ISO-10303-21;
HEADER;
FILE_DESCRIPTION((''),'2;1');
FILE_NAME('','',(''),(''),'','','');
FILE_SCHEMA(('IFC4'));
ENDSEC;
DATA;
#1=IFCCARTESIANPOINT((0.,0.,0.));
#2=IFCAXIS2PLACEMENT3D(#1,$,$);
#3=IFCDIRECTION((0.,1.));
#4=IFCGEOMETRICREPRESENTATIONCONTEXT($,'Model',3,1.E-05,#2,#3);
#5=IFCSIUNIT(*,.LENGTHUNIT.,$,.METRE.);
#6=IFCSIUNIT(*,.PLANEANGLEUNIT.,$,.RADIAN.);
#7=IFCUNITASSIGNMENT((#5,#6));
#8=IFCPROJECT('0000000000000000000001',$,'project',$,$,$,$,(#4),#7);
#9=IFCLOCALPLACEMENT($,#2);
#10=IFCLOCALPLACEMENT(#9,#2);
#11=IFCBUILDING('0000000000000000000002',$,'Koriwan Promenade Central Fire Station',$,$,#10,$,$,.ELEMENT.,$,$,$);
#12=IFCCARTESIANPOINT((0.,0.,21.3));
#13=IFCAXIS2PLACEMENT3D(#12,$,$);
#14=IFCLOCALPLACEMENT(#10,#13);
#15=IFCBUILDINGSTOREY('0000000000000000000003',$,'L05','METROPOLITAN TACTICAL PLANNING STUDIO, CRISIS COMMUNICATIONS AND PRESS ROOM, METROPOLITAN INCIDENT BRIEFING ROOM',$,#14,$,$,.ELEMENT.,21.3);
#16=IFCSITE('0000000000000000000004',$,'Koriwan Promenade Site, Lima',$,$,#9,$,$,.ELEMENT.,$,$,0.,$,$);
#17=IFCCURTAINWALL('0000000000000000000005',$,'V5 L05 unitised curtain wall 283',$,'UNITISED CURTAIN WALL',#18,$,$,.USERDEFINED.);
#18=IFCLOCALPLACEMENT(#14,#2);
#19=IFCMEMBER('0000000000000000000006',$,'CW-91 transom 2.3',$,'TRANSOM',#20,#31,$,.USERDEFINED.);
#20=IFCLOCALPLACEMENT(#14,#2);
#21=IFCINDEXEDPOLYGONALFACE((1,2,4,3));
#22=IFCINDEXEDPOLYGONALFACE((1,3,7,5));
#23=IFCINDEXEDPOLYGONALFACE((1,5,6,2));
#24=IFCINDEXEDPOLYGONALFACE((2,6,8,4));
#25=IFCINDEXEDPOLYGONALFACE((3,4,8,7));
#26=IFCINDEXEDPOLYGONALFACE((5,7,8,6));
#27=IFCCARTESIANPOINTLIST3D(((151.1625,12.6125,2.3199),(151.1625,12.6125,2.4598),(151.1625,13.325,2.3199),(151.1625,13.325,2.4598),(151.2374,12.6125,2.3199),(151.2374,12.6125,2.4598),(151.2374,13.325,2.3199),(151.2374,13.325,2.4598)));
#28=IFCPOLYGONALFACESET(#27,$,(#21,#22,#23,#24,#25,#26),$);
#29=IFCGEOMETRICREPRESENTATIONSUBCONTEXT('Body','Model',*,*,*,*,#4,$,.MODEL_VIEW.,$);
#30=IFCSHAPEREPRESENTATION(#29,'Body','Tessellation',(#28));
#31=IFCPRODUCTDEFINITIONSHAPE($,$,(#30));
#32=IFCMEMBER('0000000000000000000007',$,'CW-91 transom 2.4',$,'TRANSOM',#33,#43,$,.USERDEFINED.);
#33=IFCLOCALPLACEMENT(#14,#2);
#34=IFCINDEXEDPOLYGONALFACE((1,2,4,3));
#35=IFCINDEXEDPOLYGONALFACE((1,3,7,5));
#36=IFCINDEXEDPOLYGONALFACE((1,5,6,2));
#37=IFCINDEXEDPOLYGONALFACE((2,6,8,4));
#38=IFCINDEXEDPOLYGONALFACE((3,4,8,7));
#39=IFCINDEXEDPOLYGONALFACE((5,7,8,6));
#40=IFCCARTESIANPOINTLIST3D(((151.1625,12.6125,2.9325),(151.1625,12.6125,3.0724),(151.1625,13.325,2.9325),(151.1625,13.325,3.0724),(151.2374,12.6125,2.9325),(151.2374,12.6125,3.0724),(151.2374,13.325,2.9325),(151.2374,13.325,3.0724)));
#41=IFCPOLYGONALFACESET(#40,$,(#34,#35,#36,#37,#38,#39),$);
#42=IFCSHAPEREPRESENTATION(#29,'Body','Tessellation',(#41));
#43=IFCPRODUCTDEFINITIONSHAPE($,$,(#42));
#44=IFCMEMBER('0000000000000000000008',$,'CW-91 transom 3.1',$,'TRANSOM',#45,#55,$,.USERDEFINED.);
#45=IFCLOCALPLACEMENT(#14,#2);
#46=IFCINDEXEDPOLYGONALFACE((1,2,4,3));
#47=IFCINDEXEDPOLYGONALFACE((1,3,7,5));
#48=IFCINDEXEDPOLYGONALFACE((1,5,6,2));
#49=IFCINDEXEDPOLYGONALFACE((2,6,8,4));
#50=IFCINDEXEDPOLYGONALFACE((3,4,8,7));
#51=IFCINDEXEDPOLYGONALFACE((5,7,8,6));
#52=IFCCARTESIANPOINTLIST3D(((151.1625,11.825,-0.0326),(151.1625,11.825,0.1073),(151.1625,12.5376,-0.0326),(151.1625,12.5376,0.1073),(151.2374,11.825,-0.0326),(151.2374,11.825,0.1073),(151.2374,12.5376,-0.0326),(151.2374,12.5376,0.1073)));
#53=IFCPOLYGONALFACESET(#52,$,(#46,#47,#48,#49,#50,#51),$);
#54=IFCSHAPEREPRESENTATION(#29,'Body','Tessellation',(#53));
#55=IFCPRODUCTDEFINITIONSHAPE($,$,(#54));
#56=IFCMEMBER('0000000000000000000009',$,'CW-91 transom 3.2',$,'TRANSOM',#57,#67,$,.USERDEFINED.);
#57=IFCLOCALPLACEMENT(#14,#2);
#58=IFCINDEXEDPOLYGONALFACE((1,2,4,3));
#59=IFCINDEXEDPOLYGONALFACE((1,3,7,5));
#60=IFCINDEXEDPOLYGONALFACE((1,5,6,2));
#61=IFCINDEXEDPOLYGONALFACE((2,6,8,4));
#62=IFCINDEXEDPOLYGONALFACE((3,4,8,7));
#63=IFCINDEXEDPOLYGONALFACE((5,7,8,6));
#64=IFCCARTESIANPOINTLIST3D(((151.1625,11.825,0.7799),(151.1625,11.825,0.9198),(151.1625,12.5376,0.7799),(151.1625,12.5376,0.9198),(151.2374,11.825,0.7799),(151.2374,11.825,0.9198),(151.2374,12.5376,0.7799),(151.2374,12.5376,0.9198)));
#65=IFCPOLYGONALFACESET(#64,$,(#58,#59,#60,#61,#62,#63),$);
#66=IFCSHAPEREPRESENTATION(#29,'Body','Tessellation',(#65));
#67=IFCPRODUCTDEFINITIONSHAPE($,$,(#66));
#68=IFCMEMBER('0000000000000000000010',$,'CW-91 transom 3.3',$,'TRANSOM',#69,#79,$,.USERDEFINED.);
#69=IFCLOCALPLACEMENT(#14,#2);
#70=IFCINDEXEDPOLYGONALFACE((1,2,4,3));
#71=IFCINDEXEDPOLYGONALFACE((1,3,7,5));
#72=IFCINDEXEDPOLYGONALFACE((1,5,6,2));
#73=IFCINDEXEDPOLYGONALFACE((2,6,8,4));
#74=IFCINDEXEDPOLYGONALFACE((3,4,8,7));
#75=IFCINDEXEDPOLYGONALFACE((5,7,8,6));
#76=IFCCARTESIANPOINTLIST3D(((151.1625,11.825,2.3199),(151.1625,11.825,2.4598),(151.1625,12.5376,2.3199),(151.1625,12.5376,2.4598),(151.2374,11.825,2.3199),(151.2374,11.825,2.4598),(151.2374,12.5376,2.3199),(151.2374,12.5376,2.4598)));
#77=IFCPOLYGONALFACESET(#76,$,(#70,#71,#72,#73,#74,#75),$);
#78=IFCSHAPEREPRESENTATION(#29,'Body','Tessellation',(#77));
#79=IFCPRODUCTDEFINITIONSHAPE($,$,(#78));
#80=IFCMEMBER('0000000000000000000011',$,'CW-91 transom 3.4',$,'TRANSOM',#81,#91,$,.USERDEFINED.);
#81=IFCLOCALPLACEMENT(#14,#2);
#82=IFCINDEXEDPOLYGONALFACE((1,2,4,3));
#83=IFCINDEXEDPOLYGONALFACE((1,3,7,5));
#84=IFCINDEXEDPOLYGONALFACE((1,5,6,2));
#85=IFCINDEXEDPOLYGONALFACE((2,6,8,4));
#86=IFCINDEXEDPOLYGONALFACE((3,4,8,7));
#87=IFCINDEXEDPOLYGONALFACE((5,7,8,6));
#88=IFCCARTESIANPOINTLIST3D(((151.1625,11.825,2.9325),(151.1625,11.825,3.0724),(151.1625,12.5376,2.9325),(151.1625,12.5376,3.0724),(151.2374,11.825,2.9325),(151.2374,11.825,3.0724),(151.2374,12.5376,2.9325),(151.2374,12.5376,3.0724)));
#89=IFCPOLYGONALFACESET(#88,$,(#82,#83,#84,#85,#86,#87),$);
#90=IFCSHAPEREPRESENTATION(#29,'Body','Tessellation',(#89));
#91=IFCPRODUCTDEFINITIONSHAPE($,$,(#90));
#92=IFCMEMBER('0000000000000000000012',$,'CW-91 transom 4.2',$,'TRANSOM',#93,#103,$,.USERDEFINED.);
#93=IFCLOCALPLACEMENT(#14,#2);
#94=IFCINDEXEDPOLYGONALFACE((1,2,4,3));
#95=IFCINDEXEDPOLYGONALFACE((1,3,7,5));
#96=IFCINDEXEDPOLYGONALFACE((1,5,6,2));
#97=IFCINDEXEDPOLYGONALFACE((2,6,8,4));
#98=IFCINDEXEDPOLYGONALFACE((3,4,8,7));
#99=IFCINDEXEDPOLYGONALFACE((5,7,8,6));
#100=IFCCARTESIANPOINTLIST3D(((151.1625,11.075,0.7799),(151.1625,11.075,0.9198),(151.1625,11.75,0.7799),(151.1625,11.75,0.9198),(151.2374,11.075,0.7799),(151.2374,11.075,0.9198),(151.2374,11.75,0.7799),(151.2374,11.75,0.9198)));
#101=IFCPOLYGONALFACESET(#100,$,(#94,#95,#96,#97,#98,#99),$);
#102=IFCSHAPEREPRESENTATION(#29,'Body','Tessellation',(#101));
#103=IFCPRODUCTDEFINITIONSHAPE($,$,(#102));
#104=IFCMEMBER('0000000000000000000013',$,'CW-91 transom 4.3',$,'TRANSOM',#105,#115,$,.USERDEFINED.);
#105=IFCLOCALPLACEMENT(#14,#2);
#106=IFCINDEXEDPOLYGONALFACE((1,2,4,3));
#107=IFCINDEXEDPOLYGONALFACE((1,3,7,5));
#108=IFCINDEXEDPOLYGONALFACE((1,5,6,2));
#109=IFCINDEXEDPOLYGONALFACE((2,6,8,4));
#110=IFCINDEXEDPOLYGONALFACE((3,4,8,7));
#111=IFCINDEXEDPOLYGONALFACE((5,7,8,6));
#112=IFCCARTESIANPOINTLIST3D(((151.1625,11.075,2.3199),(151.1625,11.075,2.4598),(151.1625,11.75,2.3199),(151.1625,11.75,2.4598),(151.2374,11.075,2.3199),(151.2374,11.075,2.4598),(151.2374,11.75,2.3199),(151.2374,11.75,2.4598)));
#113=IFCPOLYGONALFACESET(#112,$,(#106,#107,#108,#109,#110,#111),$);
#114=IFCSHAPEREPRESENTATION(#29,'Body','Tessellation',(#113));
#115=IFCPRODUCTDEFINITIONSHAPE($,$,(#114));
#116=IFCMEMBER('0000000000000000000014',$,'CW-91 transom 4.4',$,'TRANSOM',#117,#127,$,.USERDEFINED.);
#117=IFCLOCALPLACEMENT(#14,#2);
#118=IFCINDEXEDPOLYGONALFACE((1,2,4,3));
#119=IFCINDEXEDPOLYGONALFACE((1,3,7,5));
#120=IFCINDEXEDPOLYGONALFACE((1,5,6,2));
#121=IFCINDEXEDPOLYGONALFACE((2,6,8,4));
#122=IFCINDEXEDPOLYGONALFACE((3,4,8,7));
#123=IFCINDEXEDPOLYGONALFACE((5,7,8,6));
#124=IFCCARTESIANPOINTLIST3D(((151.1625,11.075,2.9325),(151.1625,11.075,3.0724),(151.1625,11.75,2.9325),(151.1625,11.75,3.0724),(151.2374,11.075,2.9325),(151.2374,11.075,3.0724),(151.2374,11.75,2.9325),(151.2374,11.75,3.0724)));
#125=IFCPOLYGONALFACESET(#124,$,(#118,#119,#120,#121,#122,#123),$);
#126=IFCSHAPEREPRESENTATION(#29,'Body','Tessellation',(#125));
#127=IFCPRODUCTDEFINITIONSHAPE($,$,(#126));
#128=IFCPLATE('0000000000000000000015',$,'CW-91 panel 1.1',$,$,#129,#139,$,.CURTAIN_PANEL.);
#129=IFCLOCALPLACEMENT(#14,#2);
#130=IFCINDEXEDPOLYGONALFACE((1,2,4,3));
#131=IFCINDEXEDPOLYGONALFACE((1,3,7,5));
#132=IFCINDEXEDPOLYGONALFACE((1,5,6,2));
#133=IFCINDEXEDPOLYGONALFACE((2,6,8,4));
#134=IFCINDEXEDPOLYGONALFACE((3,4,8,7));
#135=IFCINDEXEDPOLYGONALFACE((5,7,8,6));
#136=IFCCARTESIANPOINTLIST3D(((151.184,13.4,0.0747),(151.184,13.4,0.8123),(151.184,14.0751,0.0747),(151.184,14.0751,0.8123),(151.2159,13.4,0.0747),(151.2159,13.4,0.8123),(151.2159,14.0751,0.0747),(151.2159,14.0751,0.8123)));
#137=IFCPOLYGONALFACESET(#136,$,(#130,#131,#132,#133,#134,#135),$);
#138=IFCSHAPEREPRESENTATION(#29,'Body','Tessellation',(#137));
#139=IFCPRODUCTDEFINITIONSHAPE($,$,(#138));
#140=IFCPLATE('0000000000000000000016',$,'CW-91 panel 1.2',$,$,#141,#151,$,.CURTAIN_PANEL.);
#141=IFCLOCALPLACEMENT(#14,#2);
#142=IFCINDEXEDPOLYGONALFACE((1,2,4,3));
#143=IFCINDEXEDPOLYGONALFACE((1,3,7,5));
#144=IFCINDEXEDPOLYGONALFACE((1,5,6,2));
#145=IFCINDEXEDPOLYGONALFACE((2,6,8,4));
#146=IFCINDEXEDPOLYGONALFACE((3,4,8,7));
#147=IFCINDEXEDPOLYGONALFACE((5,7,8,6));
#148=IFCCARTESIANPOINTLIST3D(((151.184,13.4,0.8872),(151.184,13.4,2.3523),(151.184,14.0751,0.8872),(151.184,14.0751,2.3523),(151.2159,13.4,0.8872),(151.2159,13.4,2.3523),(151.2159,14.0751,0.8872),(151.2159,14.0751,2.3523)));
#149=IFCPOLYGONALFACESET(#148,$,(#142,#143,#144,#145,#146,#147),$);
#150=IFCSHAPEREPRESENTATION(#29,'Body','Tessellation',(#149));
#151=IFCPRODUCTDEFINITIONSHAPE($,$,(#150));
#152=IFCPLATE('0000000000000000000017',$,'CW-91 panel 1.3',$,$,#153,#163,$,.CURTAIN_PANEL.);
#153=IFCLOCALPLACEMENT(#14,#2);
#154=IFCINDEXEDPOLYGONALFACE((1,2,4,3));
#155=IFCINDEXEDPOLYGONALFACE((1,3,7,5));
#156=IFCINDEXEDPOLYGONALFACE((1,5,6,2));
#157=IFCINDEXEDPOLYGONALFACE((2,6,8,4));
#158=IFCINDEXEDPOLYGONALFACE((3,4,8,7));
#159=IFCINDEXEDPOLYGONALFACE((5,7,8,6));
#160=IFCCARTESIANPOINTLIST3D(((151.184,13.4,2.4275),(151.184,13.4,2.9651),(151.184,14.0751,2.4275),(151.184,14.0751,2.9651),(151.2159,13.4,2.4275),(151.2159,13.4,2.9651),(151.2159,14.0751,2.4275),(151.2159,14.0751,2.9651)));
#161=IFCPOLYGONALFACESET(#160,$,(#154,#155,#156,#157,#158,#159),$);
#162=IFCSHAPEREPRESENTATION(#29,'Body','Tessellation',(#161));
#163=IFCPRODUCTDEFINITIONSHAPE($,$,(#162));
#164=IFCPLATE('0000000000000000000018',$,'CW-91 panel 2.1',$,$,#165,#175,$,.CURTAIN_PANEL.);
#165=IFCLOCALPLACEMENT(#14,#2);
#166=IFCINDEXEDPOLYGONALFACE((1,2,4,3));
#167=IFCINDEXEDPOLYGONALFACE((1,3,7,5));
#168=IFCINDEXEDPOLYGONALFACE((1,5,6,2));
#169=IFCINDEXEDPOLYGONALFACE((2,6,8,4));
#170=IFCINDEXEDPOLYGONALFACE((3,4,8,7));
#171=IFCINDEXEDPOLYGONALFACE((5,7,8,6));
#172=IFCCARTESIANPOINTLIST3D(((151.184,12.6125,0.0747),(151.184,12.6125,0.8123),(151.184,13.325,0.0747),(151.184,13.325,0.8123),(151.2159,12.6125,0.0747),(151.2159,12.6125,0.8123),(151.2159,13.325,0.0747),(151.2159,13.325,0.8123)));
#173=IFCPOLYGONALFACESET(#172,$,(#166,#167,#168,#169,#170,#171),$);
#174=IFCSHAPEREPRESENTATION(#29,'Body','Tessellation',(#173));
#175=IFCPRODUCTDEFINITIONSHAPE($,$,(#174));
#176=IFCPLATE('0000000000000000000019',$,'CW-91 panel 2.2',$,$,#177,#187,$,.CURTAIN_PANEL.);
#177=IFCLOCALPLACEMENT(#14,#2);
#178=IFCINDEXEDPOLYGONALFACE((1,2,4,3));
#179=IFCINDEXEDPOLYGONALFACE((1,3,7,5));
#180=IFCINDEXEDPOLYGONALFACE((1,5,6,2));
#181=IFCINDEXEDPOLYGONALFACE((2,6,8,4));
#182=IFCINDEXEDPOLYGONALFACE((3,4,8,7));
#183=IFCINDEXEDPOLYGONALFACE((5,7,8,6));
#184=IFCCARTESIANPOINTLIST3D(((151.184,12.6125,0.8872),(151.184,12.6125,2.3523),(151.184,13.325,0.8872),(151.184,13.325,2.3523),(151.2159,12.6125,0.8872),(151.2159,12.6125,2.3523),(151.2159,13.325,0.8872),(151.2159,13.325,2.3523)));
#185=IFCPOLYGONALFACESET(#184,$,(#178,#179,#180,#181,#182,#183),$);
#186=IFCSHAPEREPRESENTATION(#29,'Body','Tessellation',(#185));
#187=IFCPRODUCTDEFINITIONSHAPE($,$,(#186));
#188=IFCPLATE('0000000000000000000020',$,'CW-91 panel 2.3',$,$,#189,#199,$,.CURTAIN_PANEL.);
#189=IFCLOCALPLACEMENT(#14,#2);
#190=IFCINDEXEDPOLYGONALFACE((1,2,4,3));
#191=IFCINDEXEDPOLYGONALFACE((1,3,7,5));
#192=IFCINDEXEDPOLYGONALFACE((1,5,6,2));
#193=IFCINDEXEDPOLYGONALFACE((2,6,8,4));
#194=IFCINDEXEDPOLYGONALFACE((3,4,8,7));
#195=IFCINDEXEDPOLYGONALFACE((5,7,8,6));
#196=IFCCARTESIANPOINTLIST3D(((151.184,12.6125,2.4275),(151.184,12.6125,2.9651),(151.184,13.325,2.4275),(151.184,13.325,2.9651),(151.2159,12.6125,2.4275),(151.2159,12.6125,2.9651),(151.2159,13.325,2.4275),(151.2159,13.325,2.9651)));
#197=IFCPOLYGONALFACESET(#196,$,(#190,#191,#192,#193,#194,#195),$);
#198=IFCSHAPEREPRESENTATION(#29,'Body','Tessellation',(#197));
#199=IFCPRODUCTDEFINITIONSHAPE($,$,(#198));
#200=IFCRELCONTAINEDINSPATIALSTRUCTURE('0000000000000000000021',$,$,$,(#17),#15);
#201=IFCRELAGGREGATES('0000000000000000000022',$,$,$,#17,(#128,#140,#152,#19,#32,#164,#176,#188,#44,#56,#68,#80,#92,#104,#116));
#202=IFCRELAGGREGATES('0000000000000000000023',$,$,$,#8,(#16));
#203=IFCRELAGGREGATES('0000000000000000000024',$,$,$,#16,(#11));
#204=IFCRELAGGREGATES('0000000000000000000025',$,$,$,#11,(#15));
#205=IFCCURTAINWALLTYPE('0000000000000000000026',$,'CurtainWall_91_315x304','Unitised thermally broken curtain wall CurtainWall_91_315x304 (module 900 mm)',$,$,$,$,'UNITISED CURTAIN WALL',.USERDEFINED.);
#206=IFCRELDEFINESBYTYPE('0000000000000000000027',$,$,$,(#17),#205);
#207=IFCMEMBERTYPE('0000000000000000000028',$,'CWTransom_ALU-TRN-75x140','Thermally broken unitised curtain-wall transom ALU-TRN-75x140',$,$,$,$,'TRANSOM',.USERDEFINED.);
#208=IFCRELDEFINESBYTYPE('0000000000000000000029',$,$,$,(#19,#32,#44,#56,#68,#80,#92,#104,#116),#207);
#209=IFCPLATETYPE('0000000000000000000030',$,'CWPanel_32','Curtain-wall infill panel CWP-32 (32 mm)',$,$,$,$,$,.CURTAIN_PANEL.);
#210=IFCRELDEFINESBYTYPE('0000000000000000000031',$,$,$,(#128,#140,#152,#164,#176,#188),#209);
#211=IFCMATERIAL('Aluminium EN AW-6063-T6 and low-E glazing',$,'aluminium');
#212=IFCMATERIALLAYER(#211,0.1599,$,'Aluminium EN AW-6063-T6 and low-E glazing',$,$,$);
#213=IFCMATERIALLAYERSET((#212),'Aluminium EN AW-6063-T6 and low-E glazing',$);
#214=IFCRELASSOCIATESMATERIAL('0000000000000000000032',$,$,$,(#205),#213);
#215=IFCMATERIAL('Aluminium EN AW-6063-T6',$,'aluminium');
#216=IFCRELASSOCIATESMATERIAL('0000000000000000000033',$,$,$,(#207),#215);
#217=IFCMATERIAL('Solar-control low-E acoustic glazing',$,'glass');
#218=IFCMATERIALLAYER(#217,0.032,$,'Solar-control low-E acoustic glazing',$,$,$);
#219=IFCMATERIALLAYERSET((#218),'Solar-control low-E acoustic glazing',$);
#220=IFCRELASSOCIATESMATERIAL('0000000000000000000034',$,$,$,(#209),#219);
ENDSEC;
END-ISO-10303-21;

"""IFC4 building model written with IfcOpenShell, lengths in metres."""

from ifc_helpers import new_model, si_unit, direction, frame, origin, origin_2d, place, context, subcontext, project, spatial, rectangle, extrude, material, layer, layer_set, material_profile, profile_set, type_object, element, aggregate, save


model = new_model("IFC4")

# Units and contexts
model_context = context("Model", 3, precision=1e-05, world=origin(), true_north=direction((0.0, 1.0)))
body_context = subcontext(model_context, "Body", "Model", "MODEL_VIEW")
ifc_project = project(units=[si_unit("LENGTHUNIT", "METRE"), si_unit("PLANEANGLEUNIT", "RADIAN")], contexts=[model_context])

# Site, building, storey
site_placement = place(None, origin())
site = spatial("IfcSite", under=ifc_project, at=site_placement, Name="Koriwan Promenade Site, Lima", CompositionType="ELEMENT", RefElevation=0.0)
building_placement = place(site_placement, origin())
building = spatial("IfcBuilding", under=site, at=building_placement, Name="Koriwan Promenade Central Fire Station", CompositionType="ELEMENT")
storey_placement = place(building_placement, frame((0.0, 0.0, 21.3)))
storey = spatial("IfcBuildingStorey", under=building, at=storey_placement, Name="L05", Description="METROPOLITAN TACTICAL PLANNING STUDIO, CRISIS COMMUNICATIONS AND PRESS ROOM, METROPOLITAN INCIDENT BRIEFING ROOM", CompositionType="ELEMENT", Elevation=21.3)

# Curtain wall, members, plates
ifc_material_1 = material(Name="Aluminium EN AW-6063-T6 and low-E glazing", Category="aluminium")
ifc_layer_1 = layer(ifc_material_1, 0.1599, Name="Aluminium EN AW-6063-T6 and low-E glazing")
ifc_layer_set_1 = layer_set([ifc_layer_1], Name="Aluminium EN AW-6063-T6 and low-E glazing")
curtain_wall_type = type_object("IfcCurtainWallType", Name="CurtainWall_91_315x304", Description="Unitised thermally broken curtain wall CurtainWall_91_315x304 (module 900 mm)", ElementType="UNITISED CURTAIN WALL", PredefinedType="USERDEFINED", material=ifc_layer_set_1)
curtain_wall_placement = place(storey_placement, origin())
curtain_wall = element("IfcCurtainWall", 1, at=curtain_wall_placement, inside=storey, type_object=curtain_wall_type, Name="V5 L05 unitised curtain wall 283", ObjectType="UNITISED CURTAIN WALL", PredefinedType="USERDEFINED")
ifc_material_2 = material(Name="Aluminium EN AW-6063-T6", Category="aluminium")
ifc_material_profile_1 = material_profile(ifc_material_2, rectangle(XDim=0.075, YDim=0.1399, at=origin_2d()), Name="ALU-TRN-75x140")
ifc_profile_set_1 = profile_set([ifc_material_profile_1], Name="Aluminium EN AW-6063-T6")
member_type_1 = type_object("IfcMemberType", Name="CWTransom_ALU-TRN-75x140", Description="Thermally broken unitised curtain-wall transom ALU-TRN-75x140", ElementType="TRANSOM", PredefinedType="USERDEFINED", material=ifc_profile_set_1)
member_1_placement = place(storey_placement, frame((151.2, 13.325, 2.3899), z_axis=(0.0, -1.0, 0.0), x_axis=(1.0, 0.0, 0.0)))
member_1 = element("IfcMember", 2, at=member_1_placement, type_object=member_type_1, Name="CW-91 transom 2.3", ObjectType="TRANSOM", PredefinedType="USERDEFINED", context=body_context, shape_type="SweptSolid", body=[
    extrude(rectangle(XDim=0.075, YDim=0.1399, at=origin_2d()), origin(), (0.0, 0.0, 1.0), 0.7124),
])
member_2_placement = place(storey_placement, frame((151.2, 13.325, 3.0024), z_axis=(0.0, -1.0, 0.0), x_axis=(1.0, 0.0, 0.0)))
member_2 = element("IfcMember", 3, at=member_2_placement, type_object=member_type_1, Name="CW-91 transom 2.4", ObjectType="TRANSOM", PredefinedType="USERDEFINED", context=body_context, shape_type="SweptSolid", body=[
    extrude(rectangle(XDim=0.075, YDim=0.1399, at=origin_2d()), origin(), (0.0, 0.0, 1.0), 0.7124),
])
member_3_placement = place(storey_placement, frame((151.2, 12.5376, 0.0374), z_axis=(0.0, -1.0, 0.0), x_axis=(1.0, 0.0, 0.0)))
member_3 = element("IfcMember", 4, at=member_3_placement, type_object=member_type_1, Name="CW-91 transom 3.1", ObjectType="TRANSOM", PredefinedType="USERDEFINED", context=body_context, shape_type="SweptSolid", body=[
    extrude(rectangle(XDim=0.075, YDim=0.1399, at=origin_2d()), origin(), (0.0, 0.0, 1.0), 0.7126),
])
member_4_placement = place(storey_placement, frame((151.2, 12.5376, 0.8499), z_axis=(0.0, -1.0, 0.0), x_axis=(1.0, 0.0, 0.0)))
member_4 = element("IfcMember", 5, at=member_4_placement, type_object=member_type_1, Name="CW-91 transom 3.2", ObjectType="TRANSOM", PredefinedType="USERDEFINED", context=body_context, shape_type="SweptSolid", body=[
    extrude(rectangle(XDim=0.075, YDim=0.1399, at=origin_2d()), origin(), (0.0, 0.0, 1.0), 0.7126),
])
member_5_placement = place(storey_placement, frame((151.2, 12.5376, 2.3899), z_axis=(0.0, -1.0, 0.0), x_axis=(1.0, 0.0, 0.0)))
member_5 = element("IfcMember", 6, at=member_5_placement, type_object=member_type_1, Name="CW-91 transom 3.3", ObjectType="TRANSOM", PredefinedType="USERDEFINED", context=body_context, shape_type="SweptSolid", body=[
    extrude(rectangle(XDim=0.075, YDim=0.1399, at=origin_2d()), origin(), (0.0, 0.0, 1.0), 0.7126),
])
member_6_placement = place(storey_placement, frame((151.2, 12.5376, 3.0024), z_axis=(0.0, -1.0, 0.0), x_axis=(1.0, 0.0, 0.0)))
member_6 = element("IfcMember", 7, at=member_6_placement, type_object=member_type_1, Name="CW-91 transom 3.4", ObjectType="TRANSOM", PredefinedType="USERDEFINED", context=body_context, shape_type="SweptSolid", body=[
    extrude(rectangle(XDim=0.075, YDim=0.1399, at=origin_2d()), origin(), (0.0, 0.0, 1.0), 0.7126),
])
member_7_placement = place(storey_placement, frame((151.2, 11.75, 0.8499), z_axis=(0.0, -1.0, 0.0), x_axis=(1.0, 0.0, 0.0)))
member_7 = element("IfcMember", 8, at=member_7_placement, type_object=member_type_1, Name="CW-91 transom 4.2", ObjectType="TRANSOM", PredefinedType="USERDEFINED", context=body_context, shape_type="SweptSolid", body=[
    extrude(rectangle(XDim=0.075, YDim=0.1399, at=origin_2d()), origin(), (0.0, 0.0, 1.0), 0.675),
])
member_8_placement = place(storey_placement, frame((151.2, 11.75, 2.3899), z_axis=(0.0, -1.0, 0.0), x_axis=(1.0, 0.0, 0.0)))
member_8 = element("IfcMember", 9, at=member_8_placement, type_object=member_type_1, Name="CW-91 transom 4.3", ObjectType="TRANSOM", PredefinedType="USERDEFINED", context=body_context, shape_type="SweptSolid", body=[
    extrude(rectangle(XDim=0.075, YDim=0.1399, at=origin_2d()), origin(), (0.0, 0.0, 1.0), 0.675),
])
member_9_placement = place(storey_placement, frame((151.2, 11.75, 3.0024), z_axis=(0.0, -1.0, 0.0), x_axis=(1.0, 0.0, 0.0)))
member_9 = element("IfcMember", 10, at=member_9_placement, type_object=member_type_1, Name="CW-91 transom 4.4", ObjectType="TRANSOM", PredefinedType="USERDEFINED", context=body_context, shape_type="SweptSolid", body=[
    extrude(rectangle(XDim=0.075, YDim=0.1399, at=origin_2d()), origin(), (0.0, 0.0, 1.0), 0.675),
])
ifc_material_3 = material(Name="Solar-control low-E acoustic glazing", Category="glass")
ifc_layer_2 = layer(ifc_material_3, 0.032, Name="Solar-control low-E acoustic glazing")
ifc_layer_set_2 = layer_set([ifc_layer_2], Name="Solar-control low-E acoustic glazing")
plate_type_1 = type_object("IfcPlateType", Name="CWPanel_32", Description="Curtain-wall infill panel CWP-32 (32 mm)", PredefinedType="CURTAIN_PANEL", material=ifc_layer_set_2)
plate_1_placement = place(storey_placement, frame((151.2, 13.7375, 0.0747), z_axis=(0.0, 0.0, 1.0), x_axis=(0.0, -1.0, 0.0)))
plate_1 = element("IfcPlate", 11, at=plate_1_placement, type_object=plate_type_1, Name="CW-91 panel 1.1", PredefinedType="CURTAIN_PANEL", context=body_context, shape_type="SweptSolid", body=[
    extrude(rectangle(XDim=0.675, YDim=0.032, at=origin_2d()), origin(), (0.0, 0.0, 1.0), 0.7375),
])
plate_2_placement = place(storey_placement, frame((151.2, 13.7375, 0.8872), z_axis=(0.0, 0.0, 1.0), x_axis=(0.0, -1.0, 0.0)))
plate_2 = element("IfcPlate", 12, at=plate_2_placement, type_object=plate_type_1, Name="CW-91 panel 1.2", PredefinedType="CURTAIN_PANEL", context=body_context, shape_type="SweptSolid", body=[
    extrude(rectangle(XDim=0.675, YDim=0.032, at=origin_2d()), origin(), (0.0, 0.0, 1.0), 1.4651),
])
plate_3_placement = place(storey_placement, frame((151.2, 13.7375, 2.4275), z_axis=(0.0, 0.0, 1.0), x_axis=(0.0, -1.0, 0.0)))
plate_3 = element("IfcPlate", 13, at=plate_3_placement, type_object=plate_type_1, Name="CW-91 panel 1.3", PredefinedType="CURTAIN_PANEL", context=body_context, shape_type="SweptSolid", body=[
    extrude(rectangle(XDim=0.675, YDim=0.032, at=origin_2d()), origin(), (0.0, 0.0, 1.0), 0.5376),
])
plate_4_placement = place(storey_placement, frame((151.2, 12.9688, 0.0747), z_axis=(0.0, 0.0, 1.0), x_axis=(0.0, -1.0, 0.0)))
plate_4 = element("IfcPlate", 14, at=plate_4_placement, type_object=plate_type_1, Name="CW-91 panel 2.1", PredefinedType="CURTAIN_PANEL", context=body_context, shape_type="SweptSolid", body=[
    extrude(rectangle(XDim=0.7124, YDim=0.032, at=origin_2d()), origin(), (0.0, 0.0, 1.0), 0.7375),
])
plate_5_placement = place(storey_placement, frame((151.2, 12.9688, 0.8872), z_axis=(0.0, 0.0, 1.0), x_axis=(0.0, -1.0, 0.0)))
plate_5 = element("IfcPlate", 15, at=plate_5_placement, type_object=plate_type_1, Name="CW-91 panel 2.2", PredefinedType="CURTAIN_PANEL", context=body_context, shape_type="SweptSolid", body=[
    extrude(rectangle(XDim=0.7124, YDim=0.032, at=origin_2d()), origin(), (0.0, 0.0, 1.0), 1.4651),
])
plate_6_placement = place(storey_placement, frame((151.2, 12.9688, 2.4275), z_axis=(0.0, 0.0, 1.0), x_axis=(0.0, -1.0, 0.0)))
plate_6 = element("IfcPlate", 16, at=plate_6_placement, type_object=plate_type_1, Name="CW-91 panel 2.3", PredefinedType="CURTAIN_PANEL", context=body_context, shape_type="SweptSolid", body=[
    extrude(rectangle(XDim=0.7124, YDim=0.032, at=origin_2d()), origin(), (0.0, 0.0, 1.0), 0.5376),
])
aggregate(curtain_wall, [plate_1, plate_2, plate_3, member_1, member_2, plate_4, plate_5, plate_6, member_3, member_4, member_5, member_6, member_7, member_8, member_9])

save(model, "model.ifc")
